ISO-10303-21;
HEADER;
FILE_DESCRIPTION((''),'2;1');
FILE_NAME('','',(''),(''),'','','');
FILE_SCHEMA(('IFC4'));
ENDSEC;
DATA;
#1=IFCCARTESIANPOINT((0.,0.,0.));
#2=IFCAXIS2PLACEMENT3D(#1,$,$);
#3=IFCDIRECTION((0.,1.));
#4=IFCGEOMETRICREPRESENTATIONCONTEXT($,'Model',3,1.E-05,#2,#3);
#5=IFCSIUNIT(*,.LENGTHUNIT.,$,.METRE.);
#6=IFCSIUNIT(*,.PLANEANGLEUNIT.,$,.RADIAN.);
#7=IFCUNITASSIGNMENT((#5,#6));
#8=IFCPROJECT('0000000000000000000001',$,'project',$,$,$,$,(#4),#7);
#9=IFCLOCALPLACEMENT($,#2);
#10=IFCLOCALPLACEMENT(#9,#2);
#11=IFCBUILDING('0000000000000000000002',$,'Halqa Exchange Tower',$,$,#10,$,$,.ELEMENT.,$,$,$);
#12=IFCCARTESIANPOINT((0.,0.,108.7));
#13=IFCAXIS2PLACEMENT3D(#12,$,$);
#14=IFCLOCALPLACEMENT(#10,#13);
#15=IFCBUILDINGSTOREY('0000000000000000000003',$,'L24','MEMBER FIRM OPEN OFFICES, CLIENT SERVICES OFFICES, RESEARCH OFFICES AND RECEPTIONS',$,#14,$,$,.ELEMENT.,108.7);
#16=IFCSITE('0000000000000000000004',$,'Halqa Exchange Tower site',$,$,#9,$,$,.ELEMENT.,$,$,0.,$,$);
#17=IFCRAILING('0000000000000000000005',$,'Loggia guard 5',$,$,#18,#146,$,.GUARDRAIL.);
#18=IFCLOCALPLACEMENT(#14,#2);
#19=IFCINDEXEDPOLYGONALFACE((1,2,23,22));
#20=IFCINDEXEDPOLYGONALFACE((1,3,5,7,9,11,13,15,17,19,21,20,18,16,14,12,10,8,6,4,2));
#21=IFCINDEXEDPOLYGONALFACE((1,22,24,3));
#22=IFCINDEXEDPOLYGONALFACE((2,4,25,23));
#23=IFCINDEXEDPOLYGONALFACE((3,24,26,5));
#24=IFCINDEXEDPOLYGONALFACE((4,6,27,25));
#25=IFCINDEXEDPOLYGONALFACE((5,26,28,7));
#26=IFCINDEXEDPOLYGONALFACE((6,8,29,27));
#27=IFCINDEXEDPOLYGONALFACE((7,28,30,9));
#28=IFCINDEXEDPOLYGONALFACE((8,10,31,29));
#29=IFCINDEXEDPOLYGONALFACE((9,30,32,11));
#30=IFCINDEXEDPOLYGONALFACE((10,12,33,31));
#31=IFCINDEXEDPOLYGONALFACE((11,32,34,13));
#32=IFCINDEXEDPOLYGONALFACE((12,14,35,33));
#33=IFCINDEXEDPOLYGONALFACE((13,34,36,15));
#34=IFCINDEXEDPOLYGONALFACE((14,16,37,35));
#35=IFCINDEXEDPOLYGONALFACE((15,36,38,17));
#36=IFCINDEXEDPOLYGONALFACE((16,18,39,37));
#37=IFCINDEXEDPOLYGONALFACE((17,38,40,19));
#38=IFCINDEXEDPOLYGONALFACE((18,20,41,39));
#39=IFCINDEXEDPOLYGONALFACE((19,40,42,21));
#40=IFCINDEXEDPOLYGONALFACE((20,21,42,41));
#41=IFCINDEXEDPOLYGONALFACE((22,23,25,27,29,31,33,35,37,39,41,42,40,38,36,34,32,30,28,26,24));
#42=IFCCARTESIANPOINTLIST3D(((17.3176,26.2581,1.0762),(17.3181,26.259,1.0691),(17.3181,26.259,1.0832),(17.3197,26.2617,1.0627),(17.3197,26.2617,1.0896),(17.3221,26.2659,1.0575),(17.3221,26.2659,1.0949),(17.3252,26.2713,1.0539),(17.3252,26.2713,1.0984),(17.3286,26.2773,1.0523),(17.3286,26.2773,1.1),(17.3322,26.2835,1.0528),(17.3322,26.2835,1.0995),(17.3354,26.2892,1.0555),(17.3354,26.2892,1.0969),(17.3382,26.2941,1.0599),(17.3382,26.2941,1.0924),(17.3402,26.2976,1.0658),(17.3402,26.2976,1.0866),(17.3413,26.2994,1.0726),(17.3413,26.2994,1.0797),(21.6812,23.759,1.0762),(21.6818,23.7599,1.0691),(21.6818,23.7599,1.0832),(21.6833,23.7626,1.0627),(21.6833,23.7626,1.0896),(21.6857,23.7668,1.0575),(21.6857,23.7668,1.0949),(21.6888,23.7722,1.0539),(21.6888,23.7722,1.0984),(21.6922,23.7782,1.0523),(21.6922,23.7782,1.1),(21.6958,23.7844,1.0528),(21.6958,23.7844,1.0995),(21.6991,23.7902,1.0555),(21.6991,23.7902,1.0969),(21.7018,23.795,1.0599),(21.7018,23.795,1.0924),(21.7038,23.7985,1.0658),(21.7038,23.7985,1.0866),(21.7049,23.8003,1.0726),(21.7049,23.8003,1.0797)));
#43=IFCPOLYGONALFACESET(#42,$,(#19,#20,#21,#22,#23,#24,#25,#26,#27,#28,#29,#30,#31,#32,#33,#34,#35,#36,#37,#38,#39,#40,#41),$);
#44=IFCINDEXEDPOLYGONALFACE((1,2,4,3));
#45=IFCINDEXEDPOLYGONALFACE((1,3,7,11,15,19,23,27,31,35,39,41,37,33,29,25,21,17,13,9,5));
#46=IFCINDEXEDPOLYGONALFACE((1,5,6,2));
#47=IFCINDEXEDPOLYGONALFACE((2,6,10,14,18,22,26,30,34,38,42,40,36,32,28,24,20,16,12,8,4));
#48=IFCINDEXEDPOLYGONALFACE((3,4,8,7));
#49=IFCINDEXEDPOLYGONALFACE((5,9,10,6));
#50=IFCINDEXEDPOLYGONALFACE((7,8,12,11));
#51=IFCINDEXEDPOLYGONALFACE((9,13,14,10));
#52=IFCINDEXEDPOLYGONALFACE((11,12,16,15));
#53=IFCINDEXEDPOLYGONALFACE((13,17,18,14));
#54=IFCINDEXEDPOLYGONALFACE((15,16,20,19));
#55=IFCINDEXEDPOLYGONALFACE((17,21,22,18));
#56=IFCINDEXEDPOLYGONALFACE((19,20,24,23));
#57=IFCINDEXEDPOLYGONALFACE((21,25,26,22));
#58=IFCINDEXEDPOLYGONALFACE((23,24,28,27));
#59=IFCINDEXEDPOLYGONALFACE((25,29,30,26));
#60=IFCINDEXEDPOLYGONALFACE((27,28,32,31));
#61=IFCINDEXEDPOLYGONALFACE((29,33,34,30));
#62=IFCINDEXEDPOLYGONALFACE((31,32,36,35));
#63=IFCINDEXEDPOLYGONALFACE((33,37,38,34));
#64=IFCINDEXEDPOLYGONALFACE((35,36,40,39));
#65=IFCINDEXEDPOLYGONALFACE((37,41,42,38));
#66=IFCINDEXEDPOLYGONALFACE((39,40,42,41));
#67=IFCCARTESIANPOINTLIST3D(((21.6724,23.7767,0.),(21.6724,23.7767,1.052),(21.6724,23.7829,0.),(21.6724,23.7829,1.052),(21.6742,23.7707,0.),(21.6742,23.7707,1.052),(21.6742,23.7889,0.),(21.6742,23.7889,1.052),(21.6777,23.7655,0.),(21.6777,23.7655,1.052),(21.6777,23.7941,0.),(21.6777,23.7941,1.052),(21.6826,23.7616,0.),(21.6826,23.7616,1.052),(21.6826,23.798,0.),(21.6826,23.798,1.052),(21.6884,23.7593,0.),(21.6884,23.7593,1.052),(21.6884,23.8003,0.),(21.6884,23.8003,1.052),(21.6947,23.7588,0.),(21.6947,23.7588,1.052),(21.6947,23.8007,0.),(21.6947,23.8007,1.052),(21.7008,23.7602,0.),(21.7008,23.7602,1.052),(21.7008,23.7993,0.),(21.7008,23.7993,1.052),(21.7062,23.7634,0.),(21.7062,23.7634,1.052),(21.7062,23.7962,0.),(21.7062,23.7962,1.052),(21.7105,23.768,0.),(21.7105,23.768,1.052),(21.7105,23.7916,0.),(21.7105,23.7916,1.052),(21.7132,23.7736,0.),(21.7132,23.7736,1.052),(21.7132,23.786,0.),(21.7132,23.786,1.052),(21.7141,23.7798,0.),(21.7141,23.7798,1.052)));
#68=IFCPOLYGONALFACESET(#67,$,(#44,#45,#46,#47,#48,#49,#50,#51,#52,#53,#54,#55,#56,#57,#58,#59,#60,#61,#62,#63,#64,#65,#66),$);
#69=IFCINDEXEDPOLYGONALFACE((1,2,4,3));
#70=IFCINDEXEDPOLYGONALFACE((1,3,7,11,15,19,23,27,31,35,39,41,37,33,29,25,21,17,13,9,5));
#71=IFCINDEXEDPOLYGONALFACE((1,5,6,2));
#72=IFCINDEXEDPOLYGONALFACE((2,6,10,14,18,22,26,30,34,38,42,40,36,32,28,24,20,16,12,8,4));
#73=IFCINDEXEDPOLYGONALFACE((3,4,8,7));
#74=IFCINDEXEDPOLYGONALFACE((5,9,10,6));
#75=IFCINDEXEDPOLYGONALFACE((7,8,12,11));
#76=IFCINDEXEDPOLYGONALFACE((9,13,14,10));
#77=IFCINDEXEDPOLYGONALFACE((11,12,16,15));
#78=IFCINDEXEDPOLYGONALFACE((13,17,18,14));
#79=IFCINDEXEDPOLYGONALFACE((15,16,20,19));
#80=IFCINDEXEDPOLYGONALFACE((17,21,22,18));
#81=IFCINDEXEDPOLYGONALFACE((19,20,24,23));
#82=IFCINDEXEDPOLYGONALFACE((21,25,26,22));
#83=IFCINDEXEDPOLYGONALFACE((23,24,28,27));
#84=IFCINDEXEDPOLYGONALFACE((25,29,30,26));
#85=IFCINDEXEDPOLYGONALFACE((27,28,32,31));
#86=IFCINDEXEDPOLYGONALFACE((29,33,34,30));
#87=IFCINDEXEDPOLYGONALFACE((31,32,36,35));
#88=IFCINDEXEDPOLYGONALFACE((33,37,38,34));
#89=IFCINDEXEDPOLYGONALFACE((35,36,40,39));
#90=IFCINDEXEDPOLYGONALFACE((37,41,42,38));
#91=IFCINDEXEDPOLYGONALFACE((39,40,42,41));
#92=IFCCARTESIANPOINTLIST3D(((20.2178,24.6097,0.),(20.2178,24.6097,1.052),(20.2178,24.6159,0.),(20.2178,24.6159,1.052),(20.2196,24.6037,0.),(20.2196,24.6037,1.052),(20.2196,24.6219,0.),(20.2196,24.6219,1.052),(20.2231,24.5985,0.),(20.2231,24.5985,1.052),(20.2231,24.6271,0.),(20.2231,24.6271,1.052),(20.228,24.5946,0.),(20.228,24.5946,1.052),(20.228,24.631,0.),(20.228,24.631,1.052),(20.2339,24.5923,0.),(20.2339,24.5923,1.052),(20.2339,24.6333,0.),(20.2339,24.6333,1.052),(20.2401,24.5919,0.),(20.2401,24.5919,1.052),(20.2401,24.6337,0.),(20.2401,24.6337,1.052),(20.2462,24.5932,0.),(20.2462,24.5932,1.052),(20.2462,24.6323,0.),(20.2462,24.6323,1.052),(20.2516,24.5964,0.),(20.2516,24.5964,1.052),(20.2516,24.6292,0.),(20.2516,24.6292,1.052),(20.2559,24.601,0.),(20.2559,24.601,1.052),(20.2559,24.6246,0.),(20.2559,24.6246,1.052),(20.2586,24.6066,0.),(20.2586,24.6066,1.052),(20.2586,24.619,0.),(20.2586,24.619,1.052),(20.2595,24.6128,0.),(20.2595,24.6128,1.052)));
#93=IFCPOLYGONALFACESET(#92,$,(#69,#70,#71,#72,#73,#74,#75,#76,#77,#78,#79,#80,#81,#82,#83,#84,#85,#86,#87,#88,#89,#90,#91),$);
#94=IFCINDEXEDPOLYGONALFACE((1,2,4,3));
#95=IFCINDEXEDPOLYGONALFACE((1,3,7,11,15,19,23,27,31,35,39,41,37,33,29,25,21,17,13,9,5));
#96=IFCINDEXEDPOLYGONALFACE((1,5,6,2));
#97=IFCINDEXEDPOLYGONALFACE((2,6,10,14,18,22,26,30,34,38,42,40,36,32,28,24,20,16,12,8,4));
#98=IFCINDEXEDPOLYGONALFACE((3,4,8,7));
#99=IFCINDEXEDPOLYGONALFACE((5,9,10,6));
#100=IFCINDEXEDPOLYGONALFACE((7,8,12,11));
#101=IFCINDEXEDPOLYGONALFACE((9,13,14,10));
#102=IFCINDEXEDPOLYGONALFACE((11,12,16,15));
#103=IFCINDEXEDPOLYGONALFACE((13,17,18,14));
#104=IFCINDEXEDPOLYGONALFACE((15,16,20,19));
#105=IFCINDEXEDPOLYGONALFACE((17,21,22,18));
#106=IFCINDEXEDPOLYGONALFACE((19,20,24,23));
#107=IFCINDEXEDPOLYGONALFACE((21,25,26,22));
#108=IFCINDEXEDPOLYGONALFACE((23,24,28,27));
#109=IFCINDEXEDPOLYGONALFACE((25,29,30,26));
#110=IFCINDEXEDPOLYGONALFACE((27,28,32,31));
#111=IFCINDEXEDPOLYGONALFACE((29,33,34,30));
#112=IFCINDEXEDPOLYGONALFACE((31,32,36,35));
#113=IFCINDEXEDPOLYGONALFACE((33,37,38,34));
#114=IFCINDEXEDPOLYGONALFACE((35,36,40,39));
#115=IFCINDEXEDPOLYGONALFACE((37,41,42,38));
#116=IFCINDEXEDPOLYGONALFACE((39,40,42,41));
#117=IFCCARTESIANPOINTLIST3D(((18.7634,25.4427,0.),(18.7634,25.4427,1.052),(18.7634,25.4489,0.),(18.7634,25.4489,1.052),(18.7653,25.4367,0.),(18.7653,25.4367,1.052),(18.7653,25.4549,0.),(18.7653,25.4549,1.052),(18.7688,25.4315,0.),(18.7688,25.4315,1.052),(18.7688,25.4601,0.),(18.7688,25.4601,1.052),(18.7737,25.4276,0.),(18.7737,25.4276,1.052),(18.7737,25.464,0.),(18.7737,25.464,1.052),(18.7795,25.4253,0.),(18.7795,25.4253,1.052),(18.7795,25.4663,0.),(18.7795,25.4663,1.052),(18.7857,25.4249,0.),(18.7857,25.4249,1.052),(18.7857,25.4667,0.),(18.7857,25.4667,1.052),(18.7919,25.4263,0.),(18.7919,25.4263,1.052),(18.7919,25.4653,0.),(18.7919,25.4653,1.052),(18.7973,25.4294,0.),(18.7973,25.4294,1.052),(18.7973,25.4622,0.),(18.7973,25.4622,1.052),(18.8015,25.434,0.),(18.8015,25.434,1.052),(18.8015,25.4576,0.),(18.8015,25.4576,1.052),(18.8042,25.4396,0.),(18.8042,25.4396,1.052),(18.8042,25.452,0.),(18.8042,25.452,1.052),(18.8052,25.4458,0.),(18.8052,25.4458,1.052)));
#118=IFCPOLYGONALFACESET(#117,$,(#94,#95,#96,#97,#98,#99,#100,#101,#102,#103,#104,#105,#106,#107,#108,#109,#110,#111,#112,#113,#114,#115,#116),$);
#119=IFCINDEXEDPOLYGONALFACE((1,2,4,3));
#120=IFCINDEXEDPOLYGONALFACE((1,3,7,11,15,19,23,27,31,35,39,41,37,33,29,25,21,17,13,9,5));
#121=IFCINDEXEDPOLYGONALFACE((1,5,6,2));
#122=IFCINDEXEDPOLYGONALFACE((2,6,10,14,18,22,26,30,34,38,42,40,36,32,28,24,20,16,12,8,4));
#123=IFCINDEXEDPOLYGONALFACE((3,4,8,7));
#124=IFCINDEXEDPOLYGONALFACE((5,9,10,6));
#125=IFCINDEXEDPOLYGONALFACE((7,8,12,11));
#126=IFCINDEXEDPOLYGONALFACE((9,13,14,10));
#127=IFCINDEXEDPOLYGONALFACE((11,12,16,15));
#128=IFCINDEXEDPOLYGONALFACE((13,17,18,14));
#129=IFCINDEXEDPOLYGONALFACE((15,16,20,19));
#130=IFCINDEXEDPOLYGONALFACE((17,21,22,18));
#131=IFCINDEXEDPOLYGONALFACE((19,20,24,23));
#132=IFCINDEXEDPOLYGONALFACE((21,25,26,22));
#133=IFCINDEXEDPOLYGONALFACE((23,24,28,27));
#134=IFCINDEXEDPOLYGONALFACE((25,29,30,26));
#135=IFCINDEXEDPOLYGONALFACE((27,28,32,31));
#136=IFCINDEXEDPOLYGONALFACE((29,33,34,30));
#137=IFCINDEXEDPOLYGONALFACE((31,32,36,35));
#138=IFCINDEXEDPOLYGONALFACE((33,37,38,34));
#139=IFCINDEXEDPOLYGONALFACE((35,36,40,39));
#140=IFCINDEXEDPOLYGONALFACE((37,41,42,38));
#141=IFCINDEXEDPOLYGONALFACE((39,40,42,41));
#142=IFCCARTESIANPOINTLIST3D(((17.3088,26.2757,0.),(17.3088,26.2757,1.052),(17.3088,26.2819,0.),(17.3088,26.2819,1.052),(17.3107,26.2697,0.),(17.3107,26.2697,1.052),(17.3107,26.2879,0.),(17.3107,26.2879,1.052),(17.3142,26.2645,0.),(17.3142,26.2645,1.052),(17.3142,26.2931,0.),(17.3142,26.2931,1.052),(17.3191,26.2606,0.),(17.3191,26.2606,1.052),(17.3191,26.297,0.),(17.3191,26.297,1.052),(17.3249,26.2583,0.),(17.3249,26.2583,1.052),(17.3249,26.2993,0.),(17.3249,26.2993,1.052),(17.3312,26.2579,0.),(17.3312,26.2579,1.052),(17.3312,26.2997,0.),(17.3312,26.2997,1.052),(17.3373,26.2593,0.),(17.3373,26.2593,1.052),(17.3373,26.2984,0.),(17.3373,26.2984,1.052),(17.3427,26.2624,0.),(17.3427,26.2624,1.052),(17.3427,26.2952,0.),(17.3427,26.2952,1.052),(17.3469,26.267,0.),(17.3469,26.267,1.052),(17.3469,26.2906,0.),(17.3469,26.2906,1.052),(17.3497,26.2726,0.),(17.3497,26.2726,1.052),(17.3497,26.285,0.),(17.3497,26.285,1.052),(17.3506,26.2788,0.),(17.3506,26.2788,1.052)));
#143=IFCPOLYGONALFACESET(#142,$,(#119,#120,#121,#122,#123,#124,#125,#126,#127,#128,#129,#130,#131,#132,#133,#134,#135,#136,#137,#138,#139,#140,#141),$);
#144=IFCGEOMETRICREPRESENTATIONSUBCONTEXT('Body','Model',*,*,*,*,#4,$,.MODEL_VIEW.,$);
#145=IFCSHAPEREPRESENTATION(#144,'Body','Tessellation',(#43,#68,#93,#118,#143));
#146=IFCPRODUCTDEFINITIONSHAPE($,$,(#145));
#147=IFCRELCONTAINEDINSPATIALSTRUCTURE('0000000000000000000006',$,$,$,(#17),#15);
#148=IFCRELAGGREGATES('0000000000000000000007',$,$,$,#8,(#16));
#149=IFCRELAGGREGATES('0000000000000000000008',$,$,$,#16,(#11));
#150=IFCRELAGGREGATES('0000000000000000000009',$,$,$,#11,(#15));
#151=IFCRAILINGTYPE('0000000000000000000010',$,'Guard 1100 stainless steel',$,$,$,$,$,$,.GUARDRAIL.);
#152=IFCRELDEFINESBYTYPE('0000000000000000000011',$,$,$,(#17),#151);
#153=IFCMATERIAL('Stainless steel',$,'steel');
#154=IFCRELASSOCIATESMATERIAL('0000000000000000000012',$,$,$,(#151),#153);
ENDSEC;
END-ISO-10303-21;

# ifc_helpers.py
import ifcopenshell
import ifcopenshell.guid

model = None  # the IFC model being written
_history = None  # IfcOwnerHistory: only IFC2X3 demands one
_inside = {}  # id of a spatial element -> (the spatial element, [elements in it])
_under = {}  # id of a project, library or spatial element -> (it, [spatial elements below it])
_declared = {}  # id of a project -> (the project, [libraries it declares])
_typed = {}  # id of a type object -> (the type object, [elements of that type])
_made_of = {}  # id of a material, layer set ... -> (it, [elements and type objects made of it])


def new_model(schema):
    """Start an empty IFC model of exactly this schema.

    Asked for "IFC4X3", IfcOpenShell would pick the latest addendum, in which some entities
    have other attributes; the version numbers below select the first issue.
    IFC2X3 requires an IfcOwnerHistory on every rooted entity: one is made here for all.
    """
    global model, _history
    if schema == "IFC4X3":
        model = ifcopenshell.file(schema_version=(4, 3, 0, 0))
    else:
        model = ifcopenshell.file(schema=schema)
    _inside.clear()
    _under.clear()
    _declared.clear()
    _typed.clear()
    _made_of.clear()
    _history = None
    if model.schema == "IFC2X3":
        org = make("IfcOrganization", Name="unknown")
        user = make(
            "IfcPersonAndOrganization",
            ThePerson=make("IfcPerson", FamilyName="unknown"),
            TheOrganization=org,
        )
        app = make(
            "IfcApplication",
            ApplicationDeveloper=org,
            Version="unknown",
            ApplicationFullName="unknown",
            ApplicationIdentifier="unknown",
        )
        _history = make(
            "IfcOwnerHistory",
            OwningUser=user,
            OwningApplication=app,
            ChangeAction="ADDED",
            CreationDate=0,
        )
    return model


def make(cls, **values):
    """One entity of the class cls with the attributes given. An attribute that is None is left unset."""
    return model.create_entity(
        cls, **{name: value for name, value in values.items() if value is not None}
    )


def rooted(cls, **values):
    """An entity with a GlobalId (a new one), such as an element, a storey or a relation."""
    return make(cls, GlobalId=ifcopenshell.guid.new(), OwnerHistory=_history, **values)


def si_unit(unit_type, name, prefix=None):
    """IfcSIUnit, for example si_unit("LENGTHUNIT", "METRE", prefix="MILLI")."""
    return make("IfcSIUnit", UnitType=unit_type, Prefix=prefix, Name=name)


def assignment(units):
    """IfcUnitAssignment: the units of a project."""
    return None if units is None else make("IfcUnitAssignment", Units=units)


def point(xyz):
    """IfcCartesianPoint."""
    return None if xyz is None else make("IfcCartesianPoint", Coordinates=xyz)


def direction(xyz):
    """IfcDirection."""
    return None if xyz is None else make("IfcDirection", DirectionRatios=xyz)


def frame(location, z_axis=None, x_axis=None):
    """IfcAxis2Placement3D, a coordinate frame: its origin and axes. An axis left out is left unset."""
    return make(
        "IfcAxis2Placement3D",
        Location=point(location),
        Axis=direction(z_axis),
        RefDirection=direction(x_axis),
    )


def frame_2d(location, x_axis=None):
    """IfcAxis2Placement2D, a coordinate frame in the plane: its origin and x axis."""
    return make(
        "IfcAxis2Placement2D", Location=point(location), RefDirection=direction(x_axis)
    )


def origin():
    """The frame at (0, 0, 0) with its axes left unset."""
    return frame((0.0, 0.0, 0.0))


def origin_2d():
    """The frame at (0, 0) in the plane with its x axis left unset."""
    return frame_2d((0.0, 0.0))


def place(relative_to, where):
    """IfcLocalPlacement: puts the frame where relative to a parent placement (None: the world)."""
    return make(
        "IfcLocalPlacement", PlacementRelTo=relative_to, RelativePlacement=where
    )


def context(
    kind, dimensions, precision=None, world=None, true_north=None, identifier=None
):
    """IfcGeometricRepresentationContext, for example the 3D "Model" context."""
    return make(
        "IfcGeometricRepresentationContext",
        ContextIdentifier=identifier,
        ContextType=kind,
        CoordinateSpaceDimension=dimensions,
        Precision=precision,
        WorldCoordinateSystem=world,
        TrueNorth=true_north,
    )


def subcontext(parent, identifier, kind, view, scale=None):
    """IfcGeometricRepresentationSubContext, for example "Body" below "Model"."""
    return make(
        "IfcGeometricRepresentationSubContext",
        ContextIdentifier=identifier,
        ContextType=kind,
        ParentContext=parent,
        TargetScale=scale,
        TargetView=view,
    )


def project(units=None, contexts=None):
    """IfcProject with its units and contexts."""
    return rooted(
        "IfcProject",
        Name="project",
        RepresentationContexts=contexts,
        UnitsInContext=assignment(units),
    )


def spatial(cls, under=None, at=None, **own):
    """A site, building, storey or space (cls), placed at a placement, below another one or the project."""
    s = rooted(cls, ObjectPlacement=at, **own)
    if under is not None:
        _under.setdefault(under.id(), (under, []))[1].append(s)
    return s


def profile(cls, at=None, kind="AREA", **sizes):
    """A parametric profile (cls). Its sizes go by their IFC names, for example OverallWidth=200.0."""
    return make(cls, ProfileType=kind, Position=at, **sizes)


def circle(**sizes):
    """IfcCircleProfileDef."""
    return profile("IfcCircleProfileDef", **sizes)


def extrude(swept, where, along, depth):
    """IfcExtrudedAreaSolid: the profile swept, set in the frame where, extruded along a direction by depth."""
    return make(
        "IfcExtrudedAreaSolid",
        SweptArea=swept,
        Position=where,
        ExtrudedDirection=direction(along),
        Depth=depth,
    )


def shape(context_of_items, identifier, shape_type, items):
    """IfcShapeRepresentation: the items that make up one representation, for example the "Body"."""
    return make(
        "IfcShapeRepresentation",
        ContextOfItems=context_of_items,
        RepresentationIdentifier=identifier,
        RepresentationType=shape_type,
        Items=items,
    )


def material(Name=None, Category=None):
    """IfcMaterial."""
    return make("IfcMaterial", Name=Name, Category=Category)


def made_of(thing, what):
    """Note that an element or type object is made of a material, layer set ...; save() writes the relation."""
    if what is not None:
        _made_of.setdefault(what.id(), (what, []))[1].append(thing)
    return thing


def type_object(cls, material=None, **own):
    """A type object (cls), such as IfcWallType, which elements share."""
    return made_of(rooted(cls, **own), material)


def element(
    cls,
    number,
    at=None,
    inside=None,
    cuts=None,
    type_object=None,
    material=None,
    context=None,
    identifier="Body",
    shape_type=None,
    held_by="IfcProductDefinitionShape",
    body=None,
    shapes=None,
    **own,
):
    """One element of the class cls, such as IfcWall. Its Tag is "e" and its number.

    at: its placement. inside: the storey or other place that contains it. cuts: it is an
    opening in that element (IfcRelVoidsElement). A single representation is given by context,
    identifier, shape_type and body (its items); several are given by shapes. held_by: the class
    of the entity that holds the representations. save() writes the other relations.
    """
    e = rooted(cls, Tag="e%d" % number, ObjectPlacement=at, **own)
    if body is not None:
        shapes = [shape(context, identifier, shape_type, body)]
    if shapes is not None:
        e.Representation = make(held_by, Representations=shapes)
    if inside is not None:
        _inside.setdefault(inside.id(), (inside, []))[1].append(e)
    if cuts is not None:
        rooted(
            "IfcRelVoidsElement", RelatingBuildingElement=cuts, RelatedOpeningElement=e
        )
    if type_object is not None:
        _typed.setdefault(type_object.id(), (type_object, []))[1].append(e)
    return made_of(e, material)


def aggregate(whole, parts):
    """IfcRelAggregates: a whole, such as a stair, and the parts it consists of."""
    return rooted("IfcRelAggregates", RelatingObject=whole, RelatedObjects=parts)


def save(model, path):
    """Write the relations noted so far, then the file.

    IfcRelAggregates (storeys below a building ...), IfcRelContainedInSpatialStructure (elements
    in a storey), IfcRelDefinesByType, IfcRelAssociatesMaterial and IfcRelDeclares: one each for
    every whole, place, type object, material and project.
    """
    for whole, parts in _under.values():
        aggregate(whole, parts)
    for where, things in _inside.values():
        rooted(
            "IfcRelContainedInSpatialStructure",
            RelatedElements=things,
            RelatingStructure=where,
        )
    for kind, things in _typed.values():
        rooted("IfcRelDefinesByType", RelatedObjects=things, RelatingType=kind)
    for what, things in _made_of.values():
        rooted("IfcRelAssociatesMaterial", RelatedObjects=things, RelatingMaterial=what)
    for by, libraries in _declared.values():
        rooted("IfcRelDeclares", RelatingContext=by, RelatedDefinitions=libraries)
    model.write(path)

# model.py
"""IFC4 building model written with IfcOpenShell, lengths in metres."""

from ifc_helpers import new_model, si_unit, direction, frame, origin, origin_2d, place, context, subcontext, project, spatial, circle, extrude, material, type_object, element, save


model = new_model("IFC4")

# Units and contexts
model_context = context("Model", 3, precision=1e-05, world=origin(), true_north=direction((0.0, 1.0)))
body_context = subcontext(model_context, "Body", "Model", "MODEL_VIEW")
ifc_project = project(units=[si_unit("LENGTHUNIT", "METRE"), si_unit("PLANEANGLEUNIT", "RADIAN")], contexts=[model_context])

# Site, building, storey
site_placement = place(None, origin())
site = spatial("IfcSite", under=ifc_project, at=site_placement, Name="Halqa Exchange Tower site", CompositionType="ELEMENT", RefElevation=0.0)
building_placement = place(site_placement, origin())
building = spatial("IfcBuilding", under=site, at=building_placement, Name="Halqa Exchange Tower", CompositionType="ELEMENT")
storey_placement = place(building_placement, frame((0.0, 0.0, 108.7)))
storey = spatial("IfcBuildingStorey", under=building, at=storey_placement, Name="L24", Description="MEMBER FIRM OPEN OFFICES, CLIENT SERVICES OFFICES, RESEARCH OFFICES AND RECEPTIONS", CompositionType="ELEMENT", Elevation=108.7)

# Railing
ifc_material_1 = material(Name="Stainless steel", Category="steel")
railing_type = type_object("IfcRailingType", Name="Guard 1100 stainless steel", PredefinedType="GUARDRAIL", material=ifc_material_1)
railing_1_placement = place(storey_placement, frame((21.6931, 23.7798, 0.0)))
element("IfcRailing", 1, at=railing_1_placement, inside=storey, type_object=railing_type, Name="Loggia guard 5", PredefinedType="GUARDRAIL", context=body_context, shape_type="SweptSolid", body=[
    extrude(circle(Radius=0.0239, at=origin_2d()), frame((0.0, 0.0, 1.0762), z_axis=(-0.867765, 0.496975, 0.0), x_axis=(-0.496975, -0.867765, 0.0)), (0.0, 0.0, 1.0), 5.0286),
    extrude(circle(Radius=0.021, at=origin_2d()), origin(), (0.0, 0.0, 1.0), 1.052),
    extrude(circle(Radius=0.021, at=origin_2d()), frame((-1.4546, 0.833, 0.0)), (0.0, 0.0, 1.0), 1.052),
    extrude(circle(Radius=0.021, at=origin_2d()), frame((-2.9089, 1.666, 0.0)), (0.0, 0.0, 1.0), 1.052),
    extrude(circle(Radius=0.021, at=origin_2d()), frame((-4.3635, 2.499, 0.0)), (0.0, 0.0, 1.0), 1.052),
])

save(model, "model.ifc")
